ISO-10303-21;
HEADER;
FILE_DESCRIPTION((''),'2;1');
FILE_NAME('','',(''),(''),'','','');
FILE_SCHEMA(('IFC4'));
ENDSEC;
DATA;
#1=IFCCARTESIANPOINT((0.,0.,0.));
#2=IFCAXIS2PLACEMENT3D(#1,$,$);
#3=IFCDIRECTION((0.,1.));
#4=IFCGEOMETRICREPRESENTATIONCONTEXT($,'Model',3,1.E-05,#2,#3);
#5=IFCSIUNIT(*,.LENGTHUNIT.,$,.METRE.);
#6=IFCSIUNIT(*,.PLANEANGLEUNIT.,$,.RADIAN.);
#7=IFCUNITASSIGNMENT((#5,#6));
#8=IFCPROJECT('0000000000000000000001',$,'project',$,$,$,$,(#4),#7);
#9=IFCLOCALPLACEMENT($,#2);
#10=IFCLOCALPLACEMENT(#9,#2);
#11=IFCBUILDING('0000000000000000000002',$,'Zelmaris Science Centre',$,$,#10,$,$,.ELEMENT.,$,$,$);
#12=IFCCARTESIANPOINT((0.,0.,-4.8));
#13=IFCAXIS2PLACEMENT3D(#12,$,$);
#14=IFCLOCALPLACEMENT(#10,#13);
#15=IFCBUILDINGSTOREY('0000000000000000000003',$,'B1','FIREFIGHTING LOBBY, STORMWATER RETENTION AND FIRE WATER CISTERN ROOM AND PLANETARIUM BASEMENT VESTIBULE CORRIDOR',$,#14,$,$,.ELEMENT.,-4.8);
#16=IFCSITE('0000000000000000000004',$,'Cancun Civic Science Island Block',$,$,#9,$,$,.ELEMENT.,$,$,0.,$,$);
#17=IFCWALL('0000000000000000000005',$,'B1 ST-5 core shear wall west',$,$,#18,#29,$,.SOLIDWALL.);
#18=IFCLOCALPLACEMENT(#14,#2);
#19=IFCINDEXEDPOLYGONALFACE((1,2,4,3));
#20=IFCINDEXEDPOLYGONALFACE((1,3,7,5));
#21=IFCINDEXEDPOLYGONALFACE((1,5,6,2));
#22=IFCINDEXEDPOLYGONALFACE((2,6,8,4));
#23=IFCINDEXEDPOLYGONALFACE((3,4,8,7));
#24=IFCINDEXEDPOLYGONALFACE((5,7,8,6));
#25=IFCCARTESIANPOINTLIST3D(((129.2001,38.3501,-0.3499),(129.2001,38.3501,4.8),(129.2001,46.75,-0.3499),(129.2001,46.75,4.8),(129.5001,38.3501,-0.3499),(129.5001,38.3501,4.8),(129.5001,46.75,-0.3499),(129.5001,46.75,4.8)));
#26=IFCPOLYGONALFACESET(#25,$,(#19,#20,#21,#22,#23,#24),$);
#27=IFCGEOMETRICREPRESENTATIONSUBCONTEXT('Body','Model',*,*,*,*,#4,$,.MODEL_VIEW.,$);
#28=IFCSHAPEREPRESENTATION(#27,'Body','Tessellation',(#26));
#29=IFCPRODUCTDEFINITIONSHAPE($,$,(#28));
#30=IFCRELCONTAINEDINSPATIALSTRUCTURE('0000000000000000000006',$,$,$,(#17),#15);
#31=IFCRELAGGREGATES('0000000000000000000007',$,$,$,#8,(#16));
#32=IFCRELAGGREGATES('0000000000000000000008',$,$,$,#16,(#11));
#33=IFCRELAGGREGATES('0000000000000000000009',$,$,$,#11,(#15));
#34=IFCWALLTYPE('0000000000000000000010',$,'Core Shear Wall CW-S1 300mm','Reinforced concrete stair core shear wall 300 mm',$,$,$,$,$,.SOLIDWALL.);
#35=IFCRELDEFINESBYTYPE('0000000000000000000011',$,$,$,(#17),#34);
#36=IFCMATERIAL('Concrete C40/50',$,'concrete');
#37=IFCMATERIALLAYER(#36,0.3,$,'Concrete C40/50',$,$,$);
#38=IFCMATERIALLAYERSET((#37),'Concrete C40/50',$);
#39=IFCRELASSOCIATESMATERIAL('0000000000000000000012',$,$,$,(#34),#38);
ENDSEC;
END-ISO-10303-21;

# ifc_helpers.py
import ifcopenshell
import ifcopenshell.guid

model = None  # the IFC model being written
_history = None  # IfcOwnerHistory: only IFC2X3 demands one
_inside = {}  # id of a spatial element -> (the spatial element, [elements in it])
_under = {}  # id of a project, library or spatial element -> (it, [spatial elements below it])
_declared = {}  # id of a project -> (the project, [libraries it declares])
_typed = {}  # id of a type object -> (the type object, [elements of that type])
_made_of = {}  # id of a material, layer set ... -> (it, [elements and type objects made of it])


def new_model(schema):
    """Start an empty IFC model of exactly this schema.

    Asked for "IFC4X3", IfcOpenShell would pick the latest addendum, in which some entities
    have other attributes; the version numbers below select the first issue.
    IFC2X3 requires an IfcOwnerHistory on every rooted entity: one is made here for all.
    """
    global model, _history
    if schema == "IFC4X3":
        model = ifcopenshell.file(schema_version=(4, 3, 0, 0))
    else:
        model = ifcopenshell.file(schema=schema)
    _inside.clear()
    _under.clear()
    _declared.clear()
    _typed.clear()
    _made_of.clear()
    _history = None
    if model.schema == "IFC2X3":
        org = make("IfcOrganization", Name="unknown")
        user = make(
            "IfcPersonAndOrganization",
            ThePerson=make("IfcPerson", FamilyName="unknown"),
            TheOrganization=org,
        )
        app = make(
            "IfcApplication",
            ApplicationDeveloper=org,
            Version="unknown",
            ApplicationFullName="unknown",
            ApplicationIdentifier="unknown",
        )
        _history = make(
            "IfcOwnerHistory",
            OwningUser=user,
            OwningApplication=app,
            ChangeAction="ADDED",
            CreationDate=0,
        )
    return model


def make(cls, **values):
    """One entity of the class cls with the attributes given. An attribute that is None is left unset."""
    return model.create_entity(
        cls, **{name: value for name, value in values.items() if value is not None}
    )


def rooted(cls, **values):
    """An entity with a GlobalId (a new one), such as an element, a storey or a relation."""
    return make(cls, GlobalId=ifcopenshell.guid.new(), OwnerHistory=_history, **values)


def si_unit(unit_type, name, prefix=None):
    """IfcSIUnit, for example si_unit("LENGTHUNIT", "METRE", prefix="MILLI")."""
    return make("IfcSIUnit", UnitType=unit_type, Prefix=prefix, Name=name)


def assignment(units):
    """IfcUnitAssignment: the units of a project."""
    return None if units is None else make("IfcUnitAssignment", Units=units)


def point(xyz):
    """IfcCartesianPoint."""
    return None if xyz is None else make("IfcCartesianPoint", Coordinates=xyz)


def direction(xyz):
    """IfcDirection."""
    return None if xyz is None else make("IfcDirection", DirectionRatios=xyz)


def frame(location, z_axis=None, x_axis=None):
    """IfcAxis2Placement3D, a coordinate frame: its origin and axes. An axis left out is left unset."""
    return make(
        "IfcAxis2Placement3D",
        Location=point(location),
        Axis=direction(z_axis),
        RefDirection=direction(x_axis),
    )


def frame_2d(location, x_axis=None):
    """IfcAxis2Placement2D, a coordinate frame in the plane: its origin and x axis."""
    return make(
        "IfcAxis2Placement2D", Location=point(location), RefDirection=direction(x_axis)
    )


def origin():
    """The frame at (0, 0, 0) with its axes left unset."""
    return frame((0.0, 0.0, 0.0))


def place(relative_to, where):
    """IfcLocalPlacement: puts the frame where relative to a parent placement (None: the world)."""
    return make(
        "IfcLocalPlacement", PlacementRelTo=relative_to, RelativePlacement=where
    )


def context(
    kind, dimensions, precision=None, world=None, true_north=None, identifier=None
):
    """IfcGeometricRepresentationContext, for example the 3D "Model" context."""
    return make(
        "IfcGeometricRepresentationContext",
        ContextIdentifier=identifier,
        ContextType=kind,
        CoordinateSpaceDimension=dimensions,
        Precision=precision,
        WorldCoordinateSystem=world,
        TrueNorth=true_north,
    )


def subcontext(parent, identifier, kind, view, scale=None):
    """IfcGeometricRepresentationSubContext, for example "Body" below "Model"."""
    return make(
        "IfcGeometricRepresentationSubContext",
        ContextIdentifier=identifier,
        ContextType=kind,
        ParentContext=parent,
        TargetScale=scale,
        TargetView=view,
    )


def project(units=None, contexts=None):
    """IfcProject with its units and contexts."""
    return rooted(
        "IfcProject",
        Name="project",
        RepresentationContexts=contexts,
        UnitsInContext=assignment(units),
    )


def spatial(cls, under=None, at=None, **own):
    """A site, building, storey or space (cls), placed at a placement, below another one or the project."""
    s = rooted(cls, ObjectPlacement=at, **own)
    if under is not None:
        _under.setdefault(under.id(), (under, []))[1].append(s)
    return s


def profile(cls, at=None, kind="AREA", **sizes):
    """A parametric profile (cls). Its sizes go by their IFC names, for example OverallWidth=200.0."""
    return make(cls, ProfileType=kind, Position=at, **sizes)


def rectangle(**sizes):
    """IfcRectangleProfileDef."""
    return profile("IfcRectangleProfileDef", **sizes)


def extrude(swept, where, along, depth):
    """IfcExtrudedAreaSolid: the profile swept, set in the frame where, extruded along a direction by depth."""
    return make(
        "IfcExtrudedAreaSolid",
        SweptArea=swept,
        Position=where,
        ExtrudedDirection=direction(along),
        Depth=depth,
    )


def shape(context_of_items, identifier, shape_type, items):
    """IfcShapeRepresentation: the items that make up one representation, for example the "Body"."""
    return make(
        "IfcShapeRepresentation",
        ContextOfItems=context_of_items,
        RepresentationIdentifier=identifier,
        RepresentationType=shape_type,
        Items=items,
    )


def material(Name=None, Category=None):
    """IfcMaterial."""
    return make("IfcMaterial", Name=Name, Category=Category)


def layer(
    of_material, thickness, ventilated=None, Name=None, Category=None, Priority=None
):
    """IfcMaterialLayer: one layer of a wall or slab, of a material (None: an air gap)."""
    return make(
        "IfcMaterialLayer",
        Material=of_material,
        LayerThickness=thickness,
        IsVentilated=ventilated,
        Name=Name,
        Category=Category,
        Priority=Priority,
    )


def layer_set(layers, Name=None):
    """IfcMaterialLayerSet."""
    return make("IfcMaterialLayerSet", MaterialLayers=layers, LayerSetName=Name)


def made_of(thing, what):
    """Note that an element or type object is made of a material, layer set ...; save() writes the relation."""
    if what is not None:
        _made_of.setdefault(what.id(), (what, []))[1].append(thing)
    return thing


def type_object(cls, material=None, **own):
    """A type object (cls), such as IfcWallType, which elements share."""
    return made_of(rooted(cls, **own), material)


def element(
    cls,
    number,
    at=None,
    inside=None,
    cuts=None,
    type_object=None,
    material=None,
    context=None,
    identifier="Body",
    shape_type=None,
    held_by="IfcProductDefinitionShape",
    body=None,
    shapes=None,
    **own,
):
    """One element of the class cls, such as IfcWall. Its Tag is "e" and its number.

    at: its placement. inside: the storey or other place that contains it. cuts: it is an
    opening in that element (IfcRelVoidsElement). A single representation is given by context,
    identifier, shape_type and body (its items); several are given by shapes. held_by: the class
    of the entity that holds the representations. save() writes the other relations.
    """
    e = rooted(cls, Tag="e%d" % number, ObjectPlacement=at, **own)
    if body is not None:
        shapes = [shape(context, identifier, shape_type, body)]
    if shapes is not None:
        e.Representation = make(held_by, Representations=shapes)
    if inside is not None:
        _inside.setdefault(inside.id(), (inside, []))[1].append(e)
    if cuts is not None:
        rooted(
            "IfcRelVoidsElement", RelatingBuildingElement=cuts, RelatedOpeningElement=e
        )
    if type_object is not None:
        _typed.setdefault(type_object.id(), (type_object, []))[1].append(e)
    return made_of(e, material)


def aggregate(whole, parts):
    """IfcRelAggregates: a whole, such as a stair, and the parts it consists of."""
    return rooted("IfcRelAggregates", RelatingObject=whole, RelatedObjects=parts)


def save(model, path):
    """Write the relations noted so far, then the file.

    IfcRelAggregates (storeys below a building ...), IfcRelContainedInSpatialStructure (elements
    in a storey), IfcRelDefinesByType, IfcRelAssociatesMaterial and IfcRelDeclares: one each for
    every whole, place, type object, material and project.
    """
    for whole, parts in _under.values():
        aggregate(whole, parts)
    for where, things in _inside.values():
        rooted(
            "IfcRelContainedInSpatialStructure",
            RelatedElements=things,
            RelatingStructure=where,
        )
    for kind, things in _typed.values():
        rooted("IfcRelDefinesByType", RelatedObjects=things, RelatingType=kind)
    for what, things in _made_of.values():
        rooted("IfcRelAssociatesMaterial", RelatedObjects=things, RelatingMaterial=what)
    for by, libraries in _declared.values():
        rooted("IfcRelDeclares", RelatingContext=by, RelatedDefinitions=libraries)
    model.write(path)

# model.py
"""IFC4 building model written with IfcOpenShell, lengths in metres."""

from ifc_helpers import new_model, si_unit, direction, frame, frame_2d, origin, place, context, subcontext, project, spatial, rectangle, extrude, material, layer, layer_set, type_object, element, save


model = new_model("IFC4")

# Units and contexts
model_context = context("Model", 3, precision=1e-05, world=origin(), true_north=direction((0.0, 1.0)))
body_context = subcontext(model_context, "Body", "Model", "MODEL_VIEW")
ifc_project = project(units=[si_unit("LENGTHUNIT", "METRE"), si_unit("PLANEANGLEUNIT", "RADIAN")], contexts=[model_context])

# Site, building, storey
site_placement = place(None, origin())
site = spatial("IfcSite", under=ifc_project, at=site_placement, Name="Cancun Civic Science Island Block", CompositionType="ELEMENT", RefElevation=0.0)
building_placement = place(site_placement, origin())
building = spatial("IfcBuilding", under=site, at=building_placement, Name="Zelmaris Science Centre", CompositionType="ELEMENT")
storey_placement = place(building_placement, frame((0.0, 0.0, -4.8)))
storey = spatial("IfcBuildingStorey", under=building, at=storey_placement, Name="B1", Description="FIREFIGHTING LOBBY, STORMWATER RETENTION AND FIRE WATER CISTERN ROOM AND PLANETARIUM BASEMENT VESTIBULE CORRIDOR", CompositionType="ELEMENT", Elevation=-4.8)

# Shared definitions
ifc_material_1 = material(Name="Concrete C40/50", Category="concrete")

# Wall
ifc_layer = layer(ifc_material_1, 0.3, Name="Concrete C40/50")
ifc_layer_set = layer_set([ifc_layer], Name="Concrete C40/50")
wall_type = type_object("IfcWallType", Name="Core Shear Wall CW-S1 300mm", Description="Reinforced concrete stair core shear wall 300 mm", PredefinedType="SOLIDWALL", material=ifc_layer_set)
wall_placement = place(storey_placement, frame((129.3501, 38.3501, -0.3499), z_axis=(0.0, 0.0, 1.0), x_axis=(0.0, 1.0, 0.0)))
element("IfcWall", 1, at=wall_placement, inside=storey, type_object=wall_type, Name="B1 ST-5 core shear wall west", PredefinedType="SOLIDWALL", context=body_context, shape_type="SweptSolid", body=[
    extrude(rectangle(XDim=8.3999, YDim=0.3, at=frame_2d((4.2, 0.0))), origin(), (0.0, 0.0, 1.0), 5.1499),
])

save(model, "model.ifc")
